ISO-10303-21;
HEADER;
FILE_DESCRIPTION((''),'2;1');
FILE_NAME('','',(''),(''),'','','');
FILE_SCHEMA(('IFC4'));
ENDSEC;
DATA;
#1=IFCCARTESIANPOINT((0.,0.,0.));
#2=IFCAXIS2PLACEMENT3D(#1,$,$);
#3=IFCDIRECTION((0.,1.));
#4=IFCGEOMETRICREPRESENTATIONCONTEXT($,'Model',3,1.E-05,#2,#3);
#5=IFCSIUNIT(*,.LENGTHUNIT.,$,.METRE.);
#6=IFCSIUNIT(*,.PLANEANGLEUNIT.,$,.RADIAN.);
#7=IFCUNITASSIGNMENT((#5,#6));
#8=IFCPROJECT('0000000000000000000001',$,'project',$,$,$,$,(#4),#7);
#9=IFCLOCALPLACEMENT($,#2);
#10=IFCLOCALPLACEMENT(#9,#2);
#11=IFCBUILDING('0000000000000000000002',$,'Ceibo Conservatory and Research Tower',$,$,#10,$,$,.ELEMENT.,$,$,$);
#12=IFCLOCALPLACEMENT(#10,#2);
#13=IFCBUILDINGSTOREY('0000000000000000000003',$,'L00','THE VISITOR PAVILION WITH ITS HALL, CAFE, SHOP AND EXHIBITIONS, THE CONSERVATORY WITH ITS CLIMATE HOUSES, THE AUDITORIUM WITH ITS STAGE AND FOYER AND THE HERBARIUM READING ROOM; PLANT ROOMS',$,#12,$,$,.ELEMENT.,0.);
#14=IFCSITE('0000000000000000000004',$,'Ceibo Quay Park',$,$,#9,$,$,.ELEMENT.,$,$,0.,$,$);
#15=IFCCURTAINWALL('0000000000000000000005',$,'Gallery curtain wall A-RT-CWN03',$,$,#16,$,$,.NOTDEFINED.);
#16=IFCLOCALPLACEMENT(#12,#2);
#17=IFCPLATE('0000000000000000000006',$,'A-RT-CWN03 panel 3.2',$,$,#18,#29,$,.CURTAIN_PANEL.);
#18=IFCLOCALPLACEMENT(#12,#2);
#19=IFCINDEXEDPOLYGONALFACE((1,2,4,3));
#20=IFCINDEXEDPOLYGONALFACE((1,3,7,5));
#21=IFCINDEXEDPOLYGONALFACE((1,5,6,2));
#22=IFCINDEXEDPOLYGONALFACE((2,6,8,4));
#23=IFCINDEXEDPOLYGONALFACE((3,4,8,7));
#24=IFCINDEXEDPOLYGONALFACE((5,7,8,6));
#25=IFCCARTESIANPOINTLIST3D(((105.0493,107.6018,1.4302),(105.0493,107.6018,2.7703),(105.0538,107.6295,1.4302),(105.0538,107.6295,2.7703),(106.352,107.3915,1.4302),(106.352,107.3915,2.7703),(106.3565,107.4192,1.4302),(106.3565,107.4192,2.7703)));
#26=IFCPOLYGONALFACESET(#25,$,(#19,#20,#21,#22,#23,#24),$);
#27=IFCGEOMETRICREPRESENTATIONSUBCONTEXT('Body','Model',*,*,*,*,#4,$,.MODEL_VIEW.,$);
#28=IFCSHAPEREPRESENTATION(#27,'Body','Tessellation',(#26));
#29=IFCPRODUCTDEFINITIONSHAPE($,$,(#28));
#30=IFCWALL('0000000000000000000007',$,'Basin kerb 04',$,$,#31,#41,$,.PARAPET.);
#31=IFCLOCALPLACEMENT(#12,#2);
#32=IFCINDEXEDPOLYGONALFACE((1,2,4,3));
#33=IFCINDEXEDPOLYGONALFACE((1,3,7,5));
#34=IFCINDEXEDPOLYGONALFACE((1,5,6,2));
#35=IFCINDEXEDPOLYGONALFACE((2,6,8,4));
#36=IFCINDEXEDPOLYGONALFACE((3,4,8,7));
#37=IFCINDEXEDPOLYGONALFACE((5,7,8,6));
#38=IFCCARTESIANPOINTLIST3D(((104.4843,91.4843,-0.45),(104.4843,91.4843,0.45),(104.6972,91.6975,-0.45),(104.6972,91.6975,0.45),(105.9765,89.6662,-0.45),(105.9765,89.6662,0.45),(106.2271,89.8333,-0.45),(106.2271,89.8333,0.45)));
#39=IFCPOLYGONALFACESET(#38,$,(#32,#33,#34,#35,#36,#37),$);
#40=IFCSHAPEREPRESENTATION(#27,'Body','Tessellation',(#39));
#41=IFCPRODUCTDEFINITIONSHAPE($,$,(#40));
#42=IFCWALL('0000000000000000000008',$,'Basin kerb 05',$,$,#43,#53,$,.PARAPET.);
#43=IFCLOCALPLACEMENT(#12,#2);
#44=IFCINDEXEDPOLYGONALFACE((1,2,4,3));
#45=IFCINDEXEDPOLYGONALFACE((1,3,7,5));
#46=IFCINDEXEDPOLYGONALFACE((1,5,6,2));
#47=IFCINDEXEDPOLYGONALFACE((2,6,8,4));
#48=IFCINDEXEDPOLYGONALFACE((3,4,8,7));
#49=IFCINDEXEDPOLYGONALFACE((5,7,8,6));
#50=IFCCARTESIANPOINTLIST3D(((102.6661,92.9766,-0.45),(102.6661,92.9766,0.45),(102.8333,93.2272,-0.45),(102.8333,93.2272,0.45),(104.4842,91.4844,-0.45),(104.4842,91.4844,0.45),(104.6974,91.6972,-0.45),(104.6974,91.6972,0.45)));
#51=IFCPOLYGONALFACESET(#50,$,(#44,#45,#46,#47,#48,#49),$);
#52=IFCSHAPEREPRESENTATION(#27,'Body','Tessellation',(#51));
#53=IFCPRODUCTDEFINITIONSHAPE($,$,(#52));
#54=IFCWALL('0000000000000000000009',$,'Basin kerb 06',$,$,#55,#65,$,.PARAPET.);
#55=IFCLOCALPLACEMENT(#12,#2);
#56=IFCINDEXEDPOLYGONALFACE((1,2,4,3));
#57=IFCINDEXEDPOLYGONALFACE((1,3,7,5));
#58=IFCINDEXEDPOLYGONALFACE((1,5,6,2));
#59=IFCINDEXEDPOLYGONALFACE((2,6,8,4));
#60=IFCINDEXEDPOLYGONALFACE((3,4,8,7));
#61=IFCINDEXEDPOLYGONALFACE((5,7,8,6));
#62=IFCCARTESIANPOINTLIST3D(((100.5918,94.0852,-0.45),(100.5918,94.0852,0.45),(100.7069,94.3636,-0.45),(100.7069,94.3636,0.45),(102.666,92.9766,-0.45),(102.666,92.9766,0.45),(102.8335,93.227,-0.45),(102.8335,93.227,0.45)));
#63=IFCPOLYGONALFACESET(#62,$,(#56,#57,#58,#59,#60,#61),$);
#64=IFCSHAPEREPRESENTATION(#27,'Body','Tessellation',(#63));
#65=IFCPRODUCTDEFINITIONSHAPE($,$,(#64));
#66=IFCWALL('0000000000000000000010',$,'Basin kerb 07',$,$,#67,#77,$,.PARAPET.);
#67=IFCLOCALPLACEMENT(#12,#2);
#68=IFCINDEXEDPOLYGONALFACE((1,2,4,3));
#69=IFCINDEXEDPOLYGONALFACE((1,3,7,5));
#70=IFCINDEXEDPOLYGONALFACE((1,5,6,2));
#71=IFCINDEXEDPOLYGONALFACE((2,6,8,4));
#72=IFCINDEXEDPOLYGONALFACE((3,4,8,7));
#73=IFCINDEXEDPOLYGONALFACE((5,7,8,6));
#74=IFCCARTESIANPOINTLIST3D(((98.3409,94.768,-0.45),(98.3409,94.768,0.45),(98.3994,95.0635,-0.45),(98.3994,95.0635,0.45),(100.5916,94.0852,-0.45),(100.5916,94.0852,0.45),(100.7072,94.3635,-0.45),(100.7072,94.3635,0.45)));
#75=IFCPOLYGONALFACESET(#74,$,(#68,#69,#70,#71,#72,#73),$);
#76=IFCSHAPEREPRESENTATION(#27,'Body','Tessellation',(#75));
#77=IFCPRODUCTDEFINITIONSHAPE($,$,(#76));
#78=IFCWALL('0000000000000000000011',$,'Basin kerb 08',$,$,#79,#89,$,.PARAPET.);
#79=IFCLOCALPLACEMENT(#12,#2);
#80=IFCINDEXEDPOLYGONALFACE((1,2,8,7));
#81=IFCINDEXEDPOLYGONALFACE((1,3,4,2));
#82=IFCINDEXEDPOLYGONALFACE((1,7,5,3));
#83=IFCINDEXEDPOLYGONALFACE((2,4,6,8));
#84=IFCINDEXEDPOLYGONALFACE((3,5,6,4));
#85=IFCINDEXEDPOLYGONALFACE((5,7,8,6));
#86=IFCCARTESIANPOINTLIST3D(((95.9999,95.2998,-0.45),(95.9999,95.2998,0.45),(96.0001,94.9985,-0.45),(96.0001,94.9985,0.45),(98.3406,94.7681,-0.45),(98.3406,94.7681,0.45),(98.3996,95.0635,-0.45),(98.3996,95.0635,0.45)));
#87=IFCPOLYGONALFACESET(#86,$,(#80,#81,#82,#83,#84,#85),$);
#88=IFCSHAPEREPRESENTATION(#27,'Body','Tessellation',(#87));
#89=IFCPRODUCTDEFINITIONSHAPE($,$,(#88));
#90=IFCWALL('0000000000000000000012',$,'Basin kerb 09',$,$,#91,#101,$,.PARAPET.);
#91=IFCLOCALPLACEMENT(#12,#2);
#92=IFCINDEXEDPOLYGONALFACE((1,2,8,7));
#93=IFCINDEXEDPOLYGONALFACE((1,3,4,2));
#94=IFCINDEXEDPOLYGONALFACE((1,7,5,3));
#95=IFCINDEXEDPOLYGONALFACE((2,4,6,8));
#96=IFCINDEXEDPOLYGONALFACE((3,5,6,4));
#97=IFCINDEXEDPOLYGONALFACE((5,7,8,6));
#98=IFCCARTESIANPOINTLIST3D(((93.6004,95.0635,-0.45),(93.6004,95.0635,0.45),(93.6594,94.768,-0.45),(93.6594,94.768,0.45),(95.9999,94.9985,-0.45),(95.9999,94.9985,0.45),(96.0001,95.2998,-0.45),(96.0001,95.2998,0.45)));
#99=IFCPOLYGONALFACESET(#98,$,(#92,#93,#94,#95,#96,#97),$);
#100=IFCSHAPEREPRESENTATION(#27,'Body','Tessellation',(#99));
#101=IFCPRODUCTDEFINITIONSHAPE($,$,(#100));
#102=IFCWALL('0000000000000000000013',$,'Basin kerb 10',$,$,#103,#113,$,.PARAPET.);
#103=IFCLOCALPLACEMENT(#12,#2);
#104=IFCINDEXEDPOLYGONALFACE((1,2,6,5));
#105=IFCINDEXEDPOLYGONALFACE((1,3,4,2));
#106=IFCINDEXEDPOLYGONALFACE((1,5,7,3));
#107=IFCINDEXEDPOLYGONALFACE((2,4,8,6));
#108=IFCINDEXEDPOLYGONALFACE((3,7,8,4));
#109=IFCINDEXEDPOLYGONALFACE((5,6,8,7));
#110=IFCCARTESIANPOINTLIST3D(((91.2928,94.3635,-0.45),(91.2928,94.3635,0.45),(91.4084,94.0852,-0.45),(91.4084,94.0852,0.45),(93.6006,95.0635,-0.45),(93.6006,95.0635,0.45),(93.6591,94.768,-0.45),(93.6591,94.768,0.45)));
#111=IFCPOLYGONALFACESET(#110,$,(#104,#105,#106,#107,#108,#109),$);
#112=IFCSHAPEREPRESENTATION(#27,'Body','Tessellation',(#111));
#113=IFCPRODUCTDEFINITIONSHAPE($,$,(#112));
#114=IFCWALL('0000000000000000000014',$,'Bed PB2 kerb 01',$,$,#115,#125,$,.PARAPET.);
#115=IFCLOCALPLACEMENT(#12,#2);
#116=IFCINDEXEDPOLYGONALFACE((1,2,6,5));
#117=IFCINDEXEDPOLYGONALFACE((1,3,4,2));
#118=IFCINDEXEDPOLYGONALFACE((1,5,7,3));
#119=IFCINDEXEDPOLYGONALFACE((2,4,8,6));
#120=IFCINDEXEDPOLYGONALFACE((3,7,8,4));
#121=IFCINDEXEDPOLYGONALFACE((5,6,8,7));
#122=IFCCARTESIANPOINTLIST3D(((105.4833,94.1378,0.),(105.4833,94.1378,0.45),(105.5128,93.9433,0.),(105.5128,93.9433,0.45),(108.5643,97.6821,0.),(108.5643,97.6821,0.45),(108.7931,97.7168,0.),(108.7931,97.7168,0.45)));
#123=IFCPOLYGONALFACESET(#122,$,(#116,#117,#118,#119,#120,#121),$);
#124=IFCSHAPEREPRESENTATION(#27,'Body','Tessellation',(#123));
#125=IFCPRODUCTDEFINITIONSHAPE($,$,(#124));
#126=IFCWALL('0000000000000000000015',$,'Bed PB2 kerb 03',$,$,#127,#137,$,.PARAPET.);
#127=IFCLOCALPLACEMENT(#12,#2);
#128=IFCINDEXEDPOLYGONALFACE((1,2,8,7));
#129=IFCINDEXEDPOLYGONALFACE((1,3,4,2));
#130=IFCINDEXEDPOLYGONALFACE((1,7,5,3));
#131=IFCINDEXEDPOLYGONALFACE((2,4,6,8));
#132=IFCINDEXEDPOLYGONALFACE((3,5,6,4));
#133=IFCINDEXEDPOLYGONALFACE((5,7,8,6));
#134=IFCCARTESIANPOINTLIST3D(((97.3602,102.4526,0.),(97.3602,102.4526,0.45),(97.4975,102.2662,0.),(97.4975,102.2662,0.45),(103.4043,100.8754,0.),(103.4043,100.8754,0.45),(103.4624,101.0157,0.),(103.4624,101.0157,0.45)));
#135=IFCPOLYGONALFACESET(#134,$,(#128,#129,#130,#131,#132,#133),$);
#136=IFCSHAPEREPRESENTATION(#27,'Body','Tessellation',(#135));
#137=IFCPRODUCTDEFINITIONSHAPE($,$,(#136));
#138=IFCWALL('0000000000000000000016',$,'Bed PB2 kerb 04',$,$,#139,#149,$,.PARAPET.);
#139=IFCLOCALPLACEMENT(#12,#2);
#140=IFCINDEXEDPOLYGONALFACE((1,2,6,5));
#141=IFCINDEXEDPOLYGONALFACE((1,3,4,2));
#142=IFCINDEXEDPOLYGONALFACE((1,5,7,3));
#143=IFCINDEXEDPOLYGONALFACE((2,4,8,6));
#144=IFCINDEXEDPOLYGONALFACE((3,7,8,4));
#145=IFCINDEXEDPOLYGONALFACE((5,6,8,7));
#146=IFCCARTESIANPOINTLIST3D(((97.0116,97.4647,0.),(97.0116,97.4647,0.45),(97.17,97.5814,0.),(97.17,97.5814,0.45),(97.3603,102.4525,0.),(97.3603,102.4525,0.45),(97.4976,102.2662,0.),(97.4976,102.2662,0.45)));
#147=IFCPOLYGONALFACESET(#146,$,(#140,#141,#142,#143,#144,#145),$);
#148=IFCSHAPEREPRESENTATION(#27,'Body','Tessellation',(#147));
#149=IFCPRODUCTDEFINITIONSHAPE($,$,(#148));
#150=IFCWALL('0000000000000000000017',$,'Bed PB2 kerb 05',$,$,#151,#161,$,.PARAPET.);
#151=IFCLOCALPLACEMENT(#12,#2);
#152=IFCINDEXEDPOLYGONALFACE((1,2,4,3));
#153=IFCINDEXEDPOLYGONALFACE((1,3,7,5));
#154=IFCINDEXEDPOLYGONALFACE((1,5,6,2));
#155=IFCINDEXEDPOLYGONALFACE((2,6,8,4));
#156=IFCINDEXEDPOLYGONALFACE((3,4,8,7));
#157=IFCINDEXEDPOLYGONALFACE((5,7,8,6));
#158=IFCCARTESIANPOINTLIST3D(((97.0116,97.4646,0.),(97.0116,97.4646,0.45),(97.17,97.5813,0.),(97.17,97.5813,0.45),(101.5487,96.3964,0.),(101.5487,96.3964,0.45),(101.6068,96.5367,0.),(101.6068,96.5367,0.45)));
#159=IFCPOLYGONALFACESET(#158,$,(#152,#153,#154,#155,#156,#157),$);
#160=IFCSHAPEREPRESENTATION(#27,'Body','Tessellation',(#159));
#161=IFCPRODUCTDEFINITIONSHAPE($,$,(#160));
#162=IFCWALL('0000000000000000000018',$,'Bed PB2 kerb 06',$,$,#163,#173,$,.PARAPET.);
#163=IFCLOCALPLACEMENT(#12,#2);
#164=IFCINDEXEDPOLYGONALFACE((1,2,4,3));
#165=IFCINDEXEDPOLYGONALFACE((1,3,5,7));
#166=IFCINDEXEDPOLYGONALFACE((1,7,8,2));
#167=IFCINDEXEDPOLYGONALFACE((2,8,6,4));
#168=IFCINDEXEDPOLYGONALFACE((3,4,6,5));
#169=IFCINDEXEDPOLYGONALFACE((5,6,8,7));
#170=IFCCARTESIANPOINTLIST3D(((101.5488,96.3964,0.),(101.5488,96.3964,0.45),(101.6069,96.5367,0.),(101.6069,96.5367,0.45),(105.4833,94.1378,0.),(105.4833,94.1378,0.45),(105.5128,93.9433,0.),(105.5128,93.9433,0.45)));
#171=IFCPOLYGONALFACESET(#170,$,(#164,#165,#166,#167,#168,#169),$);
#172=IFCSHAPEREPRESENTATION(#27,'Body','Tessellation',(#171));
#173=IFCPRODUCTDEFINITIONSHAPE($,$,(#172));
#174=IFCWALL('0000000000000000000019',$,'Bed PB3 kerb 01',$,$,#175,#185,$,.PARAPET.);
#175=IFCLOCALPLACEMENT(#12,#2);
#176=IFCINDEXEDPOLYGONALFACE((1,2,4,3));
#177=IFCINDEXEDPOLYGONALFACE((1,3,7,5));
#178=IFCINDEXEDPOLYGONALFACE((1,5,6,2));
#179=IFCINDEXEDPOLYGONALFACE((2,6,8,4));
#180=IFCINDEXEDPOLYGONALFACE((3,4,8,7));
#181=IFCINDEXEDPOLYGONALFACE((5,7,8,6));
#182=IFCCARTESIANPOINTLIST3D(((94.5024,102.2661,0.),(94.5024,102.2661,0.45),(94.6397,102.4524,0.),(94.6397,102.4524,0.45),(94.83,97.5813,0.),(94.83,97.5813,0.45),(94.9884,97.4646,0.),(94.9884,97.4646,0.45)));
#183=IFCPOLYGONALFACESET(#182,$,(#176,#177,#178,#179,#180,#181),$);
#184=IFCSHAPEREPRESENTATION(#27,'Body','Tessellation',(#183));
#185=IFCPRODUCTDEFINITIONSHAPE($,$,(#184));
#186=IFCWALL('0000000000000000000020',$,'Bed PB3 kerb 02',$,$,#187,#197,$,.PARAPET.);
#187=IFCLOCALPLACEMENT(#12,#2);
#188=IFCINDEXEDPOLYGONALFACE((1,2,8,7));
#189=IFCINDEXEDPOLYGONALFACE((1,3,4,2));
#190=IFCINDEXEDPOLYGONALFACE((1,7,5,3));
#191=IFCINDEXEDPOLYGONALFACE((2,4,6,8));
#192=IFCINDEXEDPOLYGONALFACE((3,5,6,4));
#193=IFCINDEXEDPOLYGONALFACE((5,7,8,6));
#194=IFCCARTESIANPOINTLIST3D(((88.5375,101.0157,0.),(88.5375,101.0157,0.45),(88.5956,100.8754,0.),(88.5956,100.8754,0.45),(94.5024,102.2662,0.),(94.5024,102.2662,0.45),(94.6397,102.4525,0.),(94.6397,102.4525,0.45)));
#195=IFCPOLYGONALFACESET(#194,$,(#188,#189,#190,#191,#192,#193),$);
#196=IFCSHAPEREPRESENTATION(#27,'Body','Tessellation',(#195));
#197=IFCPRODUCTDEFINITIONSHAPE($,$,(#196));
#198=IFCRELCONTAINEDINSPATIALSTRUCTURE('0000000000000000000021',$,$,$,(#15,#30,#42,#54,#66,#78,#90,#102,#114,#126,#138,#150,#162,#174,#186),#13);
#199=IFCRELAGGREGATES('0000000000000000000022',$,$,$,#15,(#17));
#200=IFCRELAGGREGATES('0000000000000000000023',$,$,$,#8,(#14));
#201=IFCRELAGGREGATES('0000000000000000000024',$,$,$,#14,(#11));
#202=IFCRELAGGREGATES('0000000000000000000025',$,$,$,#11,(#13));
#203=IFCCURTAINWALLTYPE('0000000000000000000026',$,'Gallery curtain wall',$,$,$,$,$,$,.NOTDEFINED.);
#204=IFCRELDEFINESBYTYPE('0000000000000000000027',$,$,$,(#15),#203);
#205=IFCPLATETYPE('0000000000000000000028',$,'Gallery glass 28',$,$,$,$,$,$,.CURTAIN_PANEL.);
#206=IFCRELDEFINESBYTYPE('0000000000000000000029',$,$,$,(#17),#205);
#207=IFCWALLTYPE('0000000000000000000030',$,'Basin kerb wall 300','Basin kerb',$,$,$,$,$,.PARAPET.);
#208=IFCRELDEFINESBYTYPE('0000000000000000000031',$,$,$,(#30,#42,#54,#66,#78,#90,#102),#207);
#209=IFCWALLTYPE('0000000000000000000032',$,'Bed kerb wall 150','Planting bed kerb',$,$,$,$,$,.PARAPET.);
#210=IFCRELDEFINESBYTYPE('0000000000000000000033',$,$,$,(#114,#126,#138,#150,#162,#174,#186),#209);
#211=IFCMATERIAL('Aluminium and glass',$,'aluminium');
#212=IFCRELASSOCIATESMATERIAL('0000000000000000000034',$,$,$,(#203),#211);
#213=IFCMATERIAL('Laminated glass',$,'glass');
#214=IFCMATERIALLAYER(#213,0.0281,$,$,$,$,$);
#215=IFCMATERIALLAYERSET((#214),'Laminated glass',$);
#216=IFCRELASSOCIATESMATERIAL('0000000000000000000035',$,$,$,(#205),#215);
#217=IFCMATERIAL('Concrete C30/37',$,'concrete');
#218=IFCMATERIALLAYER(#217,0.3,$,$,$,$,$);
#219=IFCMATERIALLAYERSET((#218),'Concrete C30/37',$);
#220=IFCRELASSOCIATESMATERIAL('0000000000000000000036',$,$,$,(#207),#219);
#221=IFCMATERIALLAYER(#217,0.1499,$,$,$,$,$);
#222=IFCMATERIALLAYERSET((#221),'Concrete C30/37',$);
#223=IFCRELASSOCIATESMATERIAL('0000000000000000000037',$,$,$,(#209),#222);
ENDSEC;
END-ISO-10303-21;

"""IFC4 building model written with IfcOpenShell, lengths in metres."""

from ifc_helpers import new_model, si_unit, direction, frame, origin, origin_2d, place, context, subcontext, project, spatial, polyline, rectangle, outline, extrude, material, layer, layer_set, type_object, element, aggregate, save


model = new_model("IFC4")

# Units and contexts
model_context = context("Model", 3, precision=1e-05, world=origin(), true_north=direction((0.0, 1.0)))
body_context = subcontext(model_context, "Body", "Model", "MODEL_VIEW")
ifc_project = project(units=[si_unit("LENGTHUNIT", "METRE"), si_unit("PLANEANGLEUNIT", "RADIAN")], contexts=[model_context])

# Site, building, storey
site_placement = place(None, origin())
site = spatial("IfcSite", under=ifc_project, at=site_placement, Name="Ceibo Quay Park", CompositionType="ELEMENT", RefElevation=0.0)
building_placement = place(site_placement, origin())
building = spatial("IfcBuilding", under=site, at=building_placement, Name="Ceibo Conservatory and Research Tower", CompositionType="ELEMENT")
storey_placement = place(building_placement, origin())
storey = spatial("IfcBuildingStorey", under=building, at=storey_placement, Name="L00", Description="THE VISITOR PAVILION WITH ITS HALL, CAFE, SHOP AND EXHIBITIONS, THE CONSERVATORY WITH ITS CLIMATE HOUSES, THE AUDITORIUM WITH ITS STAGE AND FOYER AND THE HERBARIUM READING ROOM; PLANT ROOMS", CompositionType="ELEMENT", Elevation=0.0)

# Curtain wall, plate
ifc_material_1 = material(Name="Aluminium and glass", Category="aluminium")
curtain_wall_type = type_object("IfcCurtainWallType", Name="Gallery curtain wall", PredefinedType="NOTDEFINED", material=ifc_material_1)
curtain_wall_placement = place(storey_placement, origin())
curtain_wall = element("IfcCurtainWall", 1, at=curtain_wall_placement, inside=storey, type_object=curtain_wall_type, Name="Gallery curtain wall A-RT-CWN03", PredefinedType="NOTDEFINED")
ifc_material_2 = material(Name="Laminated glass", Category="glass")
ifc_layer_1 = layer(ifc_material_2, 0.0281)
ifc_layer_set_1 = layer_set([ifc_layer_1], Name="Laminated glass")
plate_type = type_object("IfcPlateType", Name="Gallery glass 28", PredefinedType="CURTAIN_PANEL", material=ifc_layer_set_1)
plate_1_placement = place(storey_placement, frame((105.7029, 107.5105, 1.4302), z_axis=(0.0, 0.0, 1.0), x_axis=(-0.987216, 0.159391, 0.0)))
plate_1 = element("IfcPlate", 2, at=plate_1_placement, type_object=plate_type, Name="A-RT-CWN03 panel 3.2", PredefinedType="CURTAIN_PANEL", context=body_context, shape_type="SweptSolid", body=[
    extrude(rectangle(XDim=1.3196, YDim=0.0281, at=origin_2d()), origin(), (0.0, 0.0, 1.0), 1.3401),
])
aggregate(curtain_wall, [plate_1])

# Walls
ifc_material_3 = material(Name="Concrete C30/37", Category="concrete")
ifc_layer_2 = layer(ifc_material_3, 0.3)
ifc_layer_set_2 = layer_set([ifc_layer_2], Name="Concrete C30/37")
wall_type_1 = type_object("IfcWallType", Name="Basin kerb wall 300", Description="Basin kerb", PredefinedType="PARAPET", material=ifc_layer_set_2)
for number, where, z_axis, x_axis, name in (
    (3, (106.1018, 89.7498, -0.45), (0.0, 0.0, 1.0), (-0.634409, 0.772997, 0.0), "Basin kerb 04"),
    (4, (104.5908, 91.5908, -0.45), (0.0, 0.0, 1.0), (-0.772997, 0.634409, 0.0), "Basin kerb 05"),
):
    element("IfcWall", number, at=place(storey_placement, frame(where, z_axis=z_axis, x_axis=x_axis)), inside=storey, type_object=wall_type_1, Name=name, PredefinedType="PARAPET", context=body_context, shape_type="SweptSolid", body=[
        extrude(outline(polyline([(-0.0149, -0.1499), (2.3967, -0.1499), (2.3669, 0.1499), (0.0149, 0.1499), (-0.0149, -0.1499)])), origin(), (0.0, 0.0, 1.0), 0.8999),
    ])
wall_1_placement = place(storey_placement, frame((102.7498, 93.1018, -0.45), z_axis=(0.0, 0.0, 1.0), x_axis=(-0.881938, 0.471365, 0.0)))
element("IfcWall", 5, at=wall_1_placement, inside=storey, type_object=wall_type_1, Name="Basin kerb 06", PredefinedType="PARAPET", context=body_context, shape_type="SweptSolid", body=[
    extrude(outline(polyline([(-0.0149, -0.1499), (2.3965, -0.1499), (2.3667, 0.1499), (0.0149, 0.1499), (-0.0149, -0.1499)])), origin(), (0.0, 0.0, 1.0), 0.8999),
])
wall_2_placement = place(storey_placement, frame((100.6494, 94.2244, -0.45), z_axis=(0.0, 0.0, 1.0), x_axis=(-0.956942, 0.29028, 0.0)))
element("IfcWall", 6, at=wall_2_placement, inside=storey, type_object=wall_type_1, Name="Basin kerb 07", PredefinedType="PARAPET", context=body_context, shape_type="SweptSolid", body=[
    extrude(outline(polyline([(-0.0149, -0.1499), (2.3967, -0.1499), (2.3669, 0.1499), (0.0149, 0.1499), (-0.0149, -0.1499)])), origin(), (0.0, 0.0, 1.0), 0.8999),
])
for number, where, z_axis, x_axis, name in (
    (7, (98.3701, 94.9158, -0.45), (0.0, 0.0, 1.0), (-0.995186, 0.098001, 0.0), "Basin kerb 08"),
    (8, (96.0, 95.1492, -0.45), (0.0, 0.0, 1.0), (-0.995186, -0.098001, 0.0), "Basin kerb 09"),
):
    element("IfcWall", number, at=place(storey_placement, frame(where, z_axis=z_axis, x_axis=x_axis)), inside=storey, type_object=wall_type_1, Name=name, PredefinedType="PARAPET", context=body_context, shape_type="SweptSolid", body=[
        extrude(outline(polyline([(-0.0149, -0.1499), (2.3965, -0.1499), (2.3667, 0.1499), (0.0149, 0.1499), (-0.0149, -0.1499)])), origin(), (0.0, 0.0, 1.0), 0.8999),
    ])
wall_3_placement = place(storey_placement, frame((93.6299, 94.9158, -0.45), z_axis=(0.0, 0.0, 1.0), x_axis=(-0.956942, -0.29028, 0.0)))
element("IfcWall", 9, at=wall_3_placement, inside=storey, type_object=wall_type_1, Name="Basin kerb 10", PredefinedType="PARAPET", context=body_context, shape_type="SweptSolid", body=[
    extrude(outline(polyline([(-0.0149, -0.1499), (2.3967, -0.1499), (2.3669, 0.1499), (0.0149, 0.1499), (-0.0149, -0.1499)])), origin(), (0.0, 0.0, 1.0), 0.8999),
])
ifc_layer_3 = layer(ifc_material_3, 0.1499)
ifc_layer_set_3 = layer_set([ifc_layer_3], Name="Concrete C30/37")
wall_type_2 = type_object("IfcWallType", Name="Bed kerb wall 150", Description="Planting bed kerb", PredefinedType="PARAPET", material=ifc_layer_set_3)
wall_4_placement = place(storey_placement, frame((105.498, 94.0405, 0.0), z_axis=(0.0, 0.0, 1.0), x_axis=(0.656059, 0.75471, 0.0)))
element("IfcWall", 10, at=wall_4_placement, inside=storey, type_object=wall_type_2, Name="Bed PB2 kerb 01", PredefinedType="PARAPET", context=body_context, shape_type="SweptSolid", body=[
    extrude(outline(polyline([(-0.0637, -0.075), (4.9363, -0.075), (4.76, 0.075), (0.0637, 0.075), (-0.0637, -0.075)])), origin(), (0.0, 0.0, 1.0), 0.45),
])
wall_5_placement = place(storey_placement, frame((103.4333, 100.9456, 0.0), z_axis=(0.0, 0.0, 1.0), x_axis=(-0.97338, 0.229196, 0.0)))
element("IfcWall", 11, at=wall_5_placement, inside=storey, type_object=wall_type_2, Name="Bed PB2 kerb 03", PredefinedType="PARAPET", context=body_context, shape_type="SweptSolid", body=[
    extrude(outline(polyline([(-0.0122, -0.075), (6.2568, -0.075), (6.0806, 0.075), (0.0122, 0.075), (-0.0122, -0.075)])), origin(), (0.0, 0.0, 1.0), 0.45),
])
wall_6_placement = place(storey_placement, frame((97.429, 102.3594, 0.0), z_axis=(0.0, 0.0, 1.0), x_axis=(-0.069744, -0.997565, 0.0)))
element("IfcWall", 12, at=wall_6_placement, inside=storey, type_object=wall_type_2, Name="Bed PB2 kerb 04", PredefinedType="PARAPET", context=body_context, shape_type="SweptSolid", body=[
    extrude(outline(polyline([(-0.0881, -0.075), (4.9119, -0.075), (4.7844, 0.075), (0.0881, 0.075), (-0.0881, -0.075)])), origin(), (0.0, 0.0, 1.0), 0.45),
])
wall_7_placement = place(storey_placement, frame((97.0908, 97.5229, 0.0), z_axis=(0.0, 0.0, 1.0), x_axis=(0.973387, -0.229166, 0.0)))
element("IfcWall", 13, at=wall_7_placement, inside=storey, type_object=wall_type_2, Name="Bed PB2 kerb 05", PredefinedType="PARAPET", context=body_context, shape_type="SweptSolid", body=[
    extrude(outline(polyline([(-0.0637, -0.075), (4.5974, -0.075), (4.6218, 0.075), (0.0637, 0.075), (-0.0637, -0.075)])), origin(), (0.0, 0.0, 1.0), 0.45),
])
wall_8_placement = place(storey_placement, frame((101.5779, 96.4666, 0.0), z_axis=(0.0, 0.0, 1.0), x_axis=(0.850337, -0.526238, 0.0)))
element("IfcWall", 14, at=wall_8_placement, inside=storey, type_object=wall_type_2, Name="Bed PB2 kerb 06", PredefinedType="PARAPET", context=body_context, shape_type="SweptSolid", body=[
    extrude(outline(polyline([(0.0122, -0.075), (4.6738, -0.075), (4.5464, 0.075), (-0.0122, 0.075), (0.0122, -0.075)])), origin(), (0.0, 0.0, 1.0), 0.45),
])
wall_9_placement = place(storey_placement, frame((94.9092, 97.5229, 0.0), z_axis=(0.0, 0.0, 1.0), x_axis=(-0.069744, 0.997565, 0.0)))
element("IfcWall", 15, at=wall_9_placement, inside=storey, type_object=wall_type_2, Name="Bed PB3 kerb 01", PredefinedType="PARAPET", context=body_context, shape_type="SweptSolid", body=[
    extrude(outline(polyline([(-0.0637, -0.075), (4.9363, -0.075), (4.76, 0.075), (0.0637, 0.075), (-0.0637, -0.075)])), origin(), (0.0, 0.0, 1.0), 0.45),
])
wall_10_placement = place(storey_placement, frame((94.571, 102.3594, 0.0), z_axis=(0.0, 0.0, 1.0), x_axis=(-0.97338, -0.229196, 0.0)))
element("IfcWall", 16, at=wall_10_placement, inside=storey, type_object=wall_type_2, Name="Bed PB3 kerb 02", PredefinedType="PARAPET", context=body_context, shape_type="SweptSolid", body=[
    extrude(outline(polyline([(-0.0881, -0.075), (6.1809, -0.075), (6.1565, 0.075), (0.0881, 0.075), (-0.0881, -0.075)])), origin(), (0.0, 0.0, 1.0), 0.45),
])

save(model, "model.ifc")
